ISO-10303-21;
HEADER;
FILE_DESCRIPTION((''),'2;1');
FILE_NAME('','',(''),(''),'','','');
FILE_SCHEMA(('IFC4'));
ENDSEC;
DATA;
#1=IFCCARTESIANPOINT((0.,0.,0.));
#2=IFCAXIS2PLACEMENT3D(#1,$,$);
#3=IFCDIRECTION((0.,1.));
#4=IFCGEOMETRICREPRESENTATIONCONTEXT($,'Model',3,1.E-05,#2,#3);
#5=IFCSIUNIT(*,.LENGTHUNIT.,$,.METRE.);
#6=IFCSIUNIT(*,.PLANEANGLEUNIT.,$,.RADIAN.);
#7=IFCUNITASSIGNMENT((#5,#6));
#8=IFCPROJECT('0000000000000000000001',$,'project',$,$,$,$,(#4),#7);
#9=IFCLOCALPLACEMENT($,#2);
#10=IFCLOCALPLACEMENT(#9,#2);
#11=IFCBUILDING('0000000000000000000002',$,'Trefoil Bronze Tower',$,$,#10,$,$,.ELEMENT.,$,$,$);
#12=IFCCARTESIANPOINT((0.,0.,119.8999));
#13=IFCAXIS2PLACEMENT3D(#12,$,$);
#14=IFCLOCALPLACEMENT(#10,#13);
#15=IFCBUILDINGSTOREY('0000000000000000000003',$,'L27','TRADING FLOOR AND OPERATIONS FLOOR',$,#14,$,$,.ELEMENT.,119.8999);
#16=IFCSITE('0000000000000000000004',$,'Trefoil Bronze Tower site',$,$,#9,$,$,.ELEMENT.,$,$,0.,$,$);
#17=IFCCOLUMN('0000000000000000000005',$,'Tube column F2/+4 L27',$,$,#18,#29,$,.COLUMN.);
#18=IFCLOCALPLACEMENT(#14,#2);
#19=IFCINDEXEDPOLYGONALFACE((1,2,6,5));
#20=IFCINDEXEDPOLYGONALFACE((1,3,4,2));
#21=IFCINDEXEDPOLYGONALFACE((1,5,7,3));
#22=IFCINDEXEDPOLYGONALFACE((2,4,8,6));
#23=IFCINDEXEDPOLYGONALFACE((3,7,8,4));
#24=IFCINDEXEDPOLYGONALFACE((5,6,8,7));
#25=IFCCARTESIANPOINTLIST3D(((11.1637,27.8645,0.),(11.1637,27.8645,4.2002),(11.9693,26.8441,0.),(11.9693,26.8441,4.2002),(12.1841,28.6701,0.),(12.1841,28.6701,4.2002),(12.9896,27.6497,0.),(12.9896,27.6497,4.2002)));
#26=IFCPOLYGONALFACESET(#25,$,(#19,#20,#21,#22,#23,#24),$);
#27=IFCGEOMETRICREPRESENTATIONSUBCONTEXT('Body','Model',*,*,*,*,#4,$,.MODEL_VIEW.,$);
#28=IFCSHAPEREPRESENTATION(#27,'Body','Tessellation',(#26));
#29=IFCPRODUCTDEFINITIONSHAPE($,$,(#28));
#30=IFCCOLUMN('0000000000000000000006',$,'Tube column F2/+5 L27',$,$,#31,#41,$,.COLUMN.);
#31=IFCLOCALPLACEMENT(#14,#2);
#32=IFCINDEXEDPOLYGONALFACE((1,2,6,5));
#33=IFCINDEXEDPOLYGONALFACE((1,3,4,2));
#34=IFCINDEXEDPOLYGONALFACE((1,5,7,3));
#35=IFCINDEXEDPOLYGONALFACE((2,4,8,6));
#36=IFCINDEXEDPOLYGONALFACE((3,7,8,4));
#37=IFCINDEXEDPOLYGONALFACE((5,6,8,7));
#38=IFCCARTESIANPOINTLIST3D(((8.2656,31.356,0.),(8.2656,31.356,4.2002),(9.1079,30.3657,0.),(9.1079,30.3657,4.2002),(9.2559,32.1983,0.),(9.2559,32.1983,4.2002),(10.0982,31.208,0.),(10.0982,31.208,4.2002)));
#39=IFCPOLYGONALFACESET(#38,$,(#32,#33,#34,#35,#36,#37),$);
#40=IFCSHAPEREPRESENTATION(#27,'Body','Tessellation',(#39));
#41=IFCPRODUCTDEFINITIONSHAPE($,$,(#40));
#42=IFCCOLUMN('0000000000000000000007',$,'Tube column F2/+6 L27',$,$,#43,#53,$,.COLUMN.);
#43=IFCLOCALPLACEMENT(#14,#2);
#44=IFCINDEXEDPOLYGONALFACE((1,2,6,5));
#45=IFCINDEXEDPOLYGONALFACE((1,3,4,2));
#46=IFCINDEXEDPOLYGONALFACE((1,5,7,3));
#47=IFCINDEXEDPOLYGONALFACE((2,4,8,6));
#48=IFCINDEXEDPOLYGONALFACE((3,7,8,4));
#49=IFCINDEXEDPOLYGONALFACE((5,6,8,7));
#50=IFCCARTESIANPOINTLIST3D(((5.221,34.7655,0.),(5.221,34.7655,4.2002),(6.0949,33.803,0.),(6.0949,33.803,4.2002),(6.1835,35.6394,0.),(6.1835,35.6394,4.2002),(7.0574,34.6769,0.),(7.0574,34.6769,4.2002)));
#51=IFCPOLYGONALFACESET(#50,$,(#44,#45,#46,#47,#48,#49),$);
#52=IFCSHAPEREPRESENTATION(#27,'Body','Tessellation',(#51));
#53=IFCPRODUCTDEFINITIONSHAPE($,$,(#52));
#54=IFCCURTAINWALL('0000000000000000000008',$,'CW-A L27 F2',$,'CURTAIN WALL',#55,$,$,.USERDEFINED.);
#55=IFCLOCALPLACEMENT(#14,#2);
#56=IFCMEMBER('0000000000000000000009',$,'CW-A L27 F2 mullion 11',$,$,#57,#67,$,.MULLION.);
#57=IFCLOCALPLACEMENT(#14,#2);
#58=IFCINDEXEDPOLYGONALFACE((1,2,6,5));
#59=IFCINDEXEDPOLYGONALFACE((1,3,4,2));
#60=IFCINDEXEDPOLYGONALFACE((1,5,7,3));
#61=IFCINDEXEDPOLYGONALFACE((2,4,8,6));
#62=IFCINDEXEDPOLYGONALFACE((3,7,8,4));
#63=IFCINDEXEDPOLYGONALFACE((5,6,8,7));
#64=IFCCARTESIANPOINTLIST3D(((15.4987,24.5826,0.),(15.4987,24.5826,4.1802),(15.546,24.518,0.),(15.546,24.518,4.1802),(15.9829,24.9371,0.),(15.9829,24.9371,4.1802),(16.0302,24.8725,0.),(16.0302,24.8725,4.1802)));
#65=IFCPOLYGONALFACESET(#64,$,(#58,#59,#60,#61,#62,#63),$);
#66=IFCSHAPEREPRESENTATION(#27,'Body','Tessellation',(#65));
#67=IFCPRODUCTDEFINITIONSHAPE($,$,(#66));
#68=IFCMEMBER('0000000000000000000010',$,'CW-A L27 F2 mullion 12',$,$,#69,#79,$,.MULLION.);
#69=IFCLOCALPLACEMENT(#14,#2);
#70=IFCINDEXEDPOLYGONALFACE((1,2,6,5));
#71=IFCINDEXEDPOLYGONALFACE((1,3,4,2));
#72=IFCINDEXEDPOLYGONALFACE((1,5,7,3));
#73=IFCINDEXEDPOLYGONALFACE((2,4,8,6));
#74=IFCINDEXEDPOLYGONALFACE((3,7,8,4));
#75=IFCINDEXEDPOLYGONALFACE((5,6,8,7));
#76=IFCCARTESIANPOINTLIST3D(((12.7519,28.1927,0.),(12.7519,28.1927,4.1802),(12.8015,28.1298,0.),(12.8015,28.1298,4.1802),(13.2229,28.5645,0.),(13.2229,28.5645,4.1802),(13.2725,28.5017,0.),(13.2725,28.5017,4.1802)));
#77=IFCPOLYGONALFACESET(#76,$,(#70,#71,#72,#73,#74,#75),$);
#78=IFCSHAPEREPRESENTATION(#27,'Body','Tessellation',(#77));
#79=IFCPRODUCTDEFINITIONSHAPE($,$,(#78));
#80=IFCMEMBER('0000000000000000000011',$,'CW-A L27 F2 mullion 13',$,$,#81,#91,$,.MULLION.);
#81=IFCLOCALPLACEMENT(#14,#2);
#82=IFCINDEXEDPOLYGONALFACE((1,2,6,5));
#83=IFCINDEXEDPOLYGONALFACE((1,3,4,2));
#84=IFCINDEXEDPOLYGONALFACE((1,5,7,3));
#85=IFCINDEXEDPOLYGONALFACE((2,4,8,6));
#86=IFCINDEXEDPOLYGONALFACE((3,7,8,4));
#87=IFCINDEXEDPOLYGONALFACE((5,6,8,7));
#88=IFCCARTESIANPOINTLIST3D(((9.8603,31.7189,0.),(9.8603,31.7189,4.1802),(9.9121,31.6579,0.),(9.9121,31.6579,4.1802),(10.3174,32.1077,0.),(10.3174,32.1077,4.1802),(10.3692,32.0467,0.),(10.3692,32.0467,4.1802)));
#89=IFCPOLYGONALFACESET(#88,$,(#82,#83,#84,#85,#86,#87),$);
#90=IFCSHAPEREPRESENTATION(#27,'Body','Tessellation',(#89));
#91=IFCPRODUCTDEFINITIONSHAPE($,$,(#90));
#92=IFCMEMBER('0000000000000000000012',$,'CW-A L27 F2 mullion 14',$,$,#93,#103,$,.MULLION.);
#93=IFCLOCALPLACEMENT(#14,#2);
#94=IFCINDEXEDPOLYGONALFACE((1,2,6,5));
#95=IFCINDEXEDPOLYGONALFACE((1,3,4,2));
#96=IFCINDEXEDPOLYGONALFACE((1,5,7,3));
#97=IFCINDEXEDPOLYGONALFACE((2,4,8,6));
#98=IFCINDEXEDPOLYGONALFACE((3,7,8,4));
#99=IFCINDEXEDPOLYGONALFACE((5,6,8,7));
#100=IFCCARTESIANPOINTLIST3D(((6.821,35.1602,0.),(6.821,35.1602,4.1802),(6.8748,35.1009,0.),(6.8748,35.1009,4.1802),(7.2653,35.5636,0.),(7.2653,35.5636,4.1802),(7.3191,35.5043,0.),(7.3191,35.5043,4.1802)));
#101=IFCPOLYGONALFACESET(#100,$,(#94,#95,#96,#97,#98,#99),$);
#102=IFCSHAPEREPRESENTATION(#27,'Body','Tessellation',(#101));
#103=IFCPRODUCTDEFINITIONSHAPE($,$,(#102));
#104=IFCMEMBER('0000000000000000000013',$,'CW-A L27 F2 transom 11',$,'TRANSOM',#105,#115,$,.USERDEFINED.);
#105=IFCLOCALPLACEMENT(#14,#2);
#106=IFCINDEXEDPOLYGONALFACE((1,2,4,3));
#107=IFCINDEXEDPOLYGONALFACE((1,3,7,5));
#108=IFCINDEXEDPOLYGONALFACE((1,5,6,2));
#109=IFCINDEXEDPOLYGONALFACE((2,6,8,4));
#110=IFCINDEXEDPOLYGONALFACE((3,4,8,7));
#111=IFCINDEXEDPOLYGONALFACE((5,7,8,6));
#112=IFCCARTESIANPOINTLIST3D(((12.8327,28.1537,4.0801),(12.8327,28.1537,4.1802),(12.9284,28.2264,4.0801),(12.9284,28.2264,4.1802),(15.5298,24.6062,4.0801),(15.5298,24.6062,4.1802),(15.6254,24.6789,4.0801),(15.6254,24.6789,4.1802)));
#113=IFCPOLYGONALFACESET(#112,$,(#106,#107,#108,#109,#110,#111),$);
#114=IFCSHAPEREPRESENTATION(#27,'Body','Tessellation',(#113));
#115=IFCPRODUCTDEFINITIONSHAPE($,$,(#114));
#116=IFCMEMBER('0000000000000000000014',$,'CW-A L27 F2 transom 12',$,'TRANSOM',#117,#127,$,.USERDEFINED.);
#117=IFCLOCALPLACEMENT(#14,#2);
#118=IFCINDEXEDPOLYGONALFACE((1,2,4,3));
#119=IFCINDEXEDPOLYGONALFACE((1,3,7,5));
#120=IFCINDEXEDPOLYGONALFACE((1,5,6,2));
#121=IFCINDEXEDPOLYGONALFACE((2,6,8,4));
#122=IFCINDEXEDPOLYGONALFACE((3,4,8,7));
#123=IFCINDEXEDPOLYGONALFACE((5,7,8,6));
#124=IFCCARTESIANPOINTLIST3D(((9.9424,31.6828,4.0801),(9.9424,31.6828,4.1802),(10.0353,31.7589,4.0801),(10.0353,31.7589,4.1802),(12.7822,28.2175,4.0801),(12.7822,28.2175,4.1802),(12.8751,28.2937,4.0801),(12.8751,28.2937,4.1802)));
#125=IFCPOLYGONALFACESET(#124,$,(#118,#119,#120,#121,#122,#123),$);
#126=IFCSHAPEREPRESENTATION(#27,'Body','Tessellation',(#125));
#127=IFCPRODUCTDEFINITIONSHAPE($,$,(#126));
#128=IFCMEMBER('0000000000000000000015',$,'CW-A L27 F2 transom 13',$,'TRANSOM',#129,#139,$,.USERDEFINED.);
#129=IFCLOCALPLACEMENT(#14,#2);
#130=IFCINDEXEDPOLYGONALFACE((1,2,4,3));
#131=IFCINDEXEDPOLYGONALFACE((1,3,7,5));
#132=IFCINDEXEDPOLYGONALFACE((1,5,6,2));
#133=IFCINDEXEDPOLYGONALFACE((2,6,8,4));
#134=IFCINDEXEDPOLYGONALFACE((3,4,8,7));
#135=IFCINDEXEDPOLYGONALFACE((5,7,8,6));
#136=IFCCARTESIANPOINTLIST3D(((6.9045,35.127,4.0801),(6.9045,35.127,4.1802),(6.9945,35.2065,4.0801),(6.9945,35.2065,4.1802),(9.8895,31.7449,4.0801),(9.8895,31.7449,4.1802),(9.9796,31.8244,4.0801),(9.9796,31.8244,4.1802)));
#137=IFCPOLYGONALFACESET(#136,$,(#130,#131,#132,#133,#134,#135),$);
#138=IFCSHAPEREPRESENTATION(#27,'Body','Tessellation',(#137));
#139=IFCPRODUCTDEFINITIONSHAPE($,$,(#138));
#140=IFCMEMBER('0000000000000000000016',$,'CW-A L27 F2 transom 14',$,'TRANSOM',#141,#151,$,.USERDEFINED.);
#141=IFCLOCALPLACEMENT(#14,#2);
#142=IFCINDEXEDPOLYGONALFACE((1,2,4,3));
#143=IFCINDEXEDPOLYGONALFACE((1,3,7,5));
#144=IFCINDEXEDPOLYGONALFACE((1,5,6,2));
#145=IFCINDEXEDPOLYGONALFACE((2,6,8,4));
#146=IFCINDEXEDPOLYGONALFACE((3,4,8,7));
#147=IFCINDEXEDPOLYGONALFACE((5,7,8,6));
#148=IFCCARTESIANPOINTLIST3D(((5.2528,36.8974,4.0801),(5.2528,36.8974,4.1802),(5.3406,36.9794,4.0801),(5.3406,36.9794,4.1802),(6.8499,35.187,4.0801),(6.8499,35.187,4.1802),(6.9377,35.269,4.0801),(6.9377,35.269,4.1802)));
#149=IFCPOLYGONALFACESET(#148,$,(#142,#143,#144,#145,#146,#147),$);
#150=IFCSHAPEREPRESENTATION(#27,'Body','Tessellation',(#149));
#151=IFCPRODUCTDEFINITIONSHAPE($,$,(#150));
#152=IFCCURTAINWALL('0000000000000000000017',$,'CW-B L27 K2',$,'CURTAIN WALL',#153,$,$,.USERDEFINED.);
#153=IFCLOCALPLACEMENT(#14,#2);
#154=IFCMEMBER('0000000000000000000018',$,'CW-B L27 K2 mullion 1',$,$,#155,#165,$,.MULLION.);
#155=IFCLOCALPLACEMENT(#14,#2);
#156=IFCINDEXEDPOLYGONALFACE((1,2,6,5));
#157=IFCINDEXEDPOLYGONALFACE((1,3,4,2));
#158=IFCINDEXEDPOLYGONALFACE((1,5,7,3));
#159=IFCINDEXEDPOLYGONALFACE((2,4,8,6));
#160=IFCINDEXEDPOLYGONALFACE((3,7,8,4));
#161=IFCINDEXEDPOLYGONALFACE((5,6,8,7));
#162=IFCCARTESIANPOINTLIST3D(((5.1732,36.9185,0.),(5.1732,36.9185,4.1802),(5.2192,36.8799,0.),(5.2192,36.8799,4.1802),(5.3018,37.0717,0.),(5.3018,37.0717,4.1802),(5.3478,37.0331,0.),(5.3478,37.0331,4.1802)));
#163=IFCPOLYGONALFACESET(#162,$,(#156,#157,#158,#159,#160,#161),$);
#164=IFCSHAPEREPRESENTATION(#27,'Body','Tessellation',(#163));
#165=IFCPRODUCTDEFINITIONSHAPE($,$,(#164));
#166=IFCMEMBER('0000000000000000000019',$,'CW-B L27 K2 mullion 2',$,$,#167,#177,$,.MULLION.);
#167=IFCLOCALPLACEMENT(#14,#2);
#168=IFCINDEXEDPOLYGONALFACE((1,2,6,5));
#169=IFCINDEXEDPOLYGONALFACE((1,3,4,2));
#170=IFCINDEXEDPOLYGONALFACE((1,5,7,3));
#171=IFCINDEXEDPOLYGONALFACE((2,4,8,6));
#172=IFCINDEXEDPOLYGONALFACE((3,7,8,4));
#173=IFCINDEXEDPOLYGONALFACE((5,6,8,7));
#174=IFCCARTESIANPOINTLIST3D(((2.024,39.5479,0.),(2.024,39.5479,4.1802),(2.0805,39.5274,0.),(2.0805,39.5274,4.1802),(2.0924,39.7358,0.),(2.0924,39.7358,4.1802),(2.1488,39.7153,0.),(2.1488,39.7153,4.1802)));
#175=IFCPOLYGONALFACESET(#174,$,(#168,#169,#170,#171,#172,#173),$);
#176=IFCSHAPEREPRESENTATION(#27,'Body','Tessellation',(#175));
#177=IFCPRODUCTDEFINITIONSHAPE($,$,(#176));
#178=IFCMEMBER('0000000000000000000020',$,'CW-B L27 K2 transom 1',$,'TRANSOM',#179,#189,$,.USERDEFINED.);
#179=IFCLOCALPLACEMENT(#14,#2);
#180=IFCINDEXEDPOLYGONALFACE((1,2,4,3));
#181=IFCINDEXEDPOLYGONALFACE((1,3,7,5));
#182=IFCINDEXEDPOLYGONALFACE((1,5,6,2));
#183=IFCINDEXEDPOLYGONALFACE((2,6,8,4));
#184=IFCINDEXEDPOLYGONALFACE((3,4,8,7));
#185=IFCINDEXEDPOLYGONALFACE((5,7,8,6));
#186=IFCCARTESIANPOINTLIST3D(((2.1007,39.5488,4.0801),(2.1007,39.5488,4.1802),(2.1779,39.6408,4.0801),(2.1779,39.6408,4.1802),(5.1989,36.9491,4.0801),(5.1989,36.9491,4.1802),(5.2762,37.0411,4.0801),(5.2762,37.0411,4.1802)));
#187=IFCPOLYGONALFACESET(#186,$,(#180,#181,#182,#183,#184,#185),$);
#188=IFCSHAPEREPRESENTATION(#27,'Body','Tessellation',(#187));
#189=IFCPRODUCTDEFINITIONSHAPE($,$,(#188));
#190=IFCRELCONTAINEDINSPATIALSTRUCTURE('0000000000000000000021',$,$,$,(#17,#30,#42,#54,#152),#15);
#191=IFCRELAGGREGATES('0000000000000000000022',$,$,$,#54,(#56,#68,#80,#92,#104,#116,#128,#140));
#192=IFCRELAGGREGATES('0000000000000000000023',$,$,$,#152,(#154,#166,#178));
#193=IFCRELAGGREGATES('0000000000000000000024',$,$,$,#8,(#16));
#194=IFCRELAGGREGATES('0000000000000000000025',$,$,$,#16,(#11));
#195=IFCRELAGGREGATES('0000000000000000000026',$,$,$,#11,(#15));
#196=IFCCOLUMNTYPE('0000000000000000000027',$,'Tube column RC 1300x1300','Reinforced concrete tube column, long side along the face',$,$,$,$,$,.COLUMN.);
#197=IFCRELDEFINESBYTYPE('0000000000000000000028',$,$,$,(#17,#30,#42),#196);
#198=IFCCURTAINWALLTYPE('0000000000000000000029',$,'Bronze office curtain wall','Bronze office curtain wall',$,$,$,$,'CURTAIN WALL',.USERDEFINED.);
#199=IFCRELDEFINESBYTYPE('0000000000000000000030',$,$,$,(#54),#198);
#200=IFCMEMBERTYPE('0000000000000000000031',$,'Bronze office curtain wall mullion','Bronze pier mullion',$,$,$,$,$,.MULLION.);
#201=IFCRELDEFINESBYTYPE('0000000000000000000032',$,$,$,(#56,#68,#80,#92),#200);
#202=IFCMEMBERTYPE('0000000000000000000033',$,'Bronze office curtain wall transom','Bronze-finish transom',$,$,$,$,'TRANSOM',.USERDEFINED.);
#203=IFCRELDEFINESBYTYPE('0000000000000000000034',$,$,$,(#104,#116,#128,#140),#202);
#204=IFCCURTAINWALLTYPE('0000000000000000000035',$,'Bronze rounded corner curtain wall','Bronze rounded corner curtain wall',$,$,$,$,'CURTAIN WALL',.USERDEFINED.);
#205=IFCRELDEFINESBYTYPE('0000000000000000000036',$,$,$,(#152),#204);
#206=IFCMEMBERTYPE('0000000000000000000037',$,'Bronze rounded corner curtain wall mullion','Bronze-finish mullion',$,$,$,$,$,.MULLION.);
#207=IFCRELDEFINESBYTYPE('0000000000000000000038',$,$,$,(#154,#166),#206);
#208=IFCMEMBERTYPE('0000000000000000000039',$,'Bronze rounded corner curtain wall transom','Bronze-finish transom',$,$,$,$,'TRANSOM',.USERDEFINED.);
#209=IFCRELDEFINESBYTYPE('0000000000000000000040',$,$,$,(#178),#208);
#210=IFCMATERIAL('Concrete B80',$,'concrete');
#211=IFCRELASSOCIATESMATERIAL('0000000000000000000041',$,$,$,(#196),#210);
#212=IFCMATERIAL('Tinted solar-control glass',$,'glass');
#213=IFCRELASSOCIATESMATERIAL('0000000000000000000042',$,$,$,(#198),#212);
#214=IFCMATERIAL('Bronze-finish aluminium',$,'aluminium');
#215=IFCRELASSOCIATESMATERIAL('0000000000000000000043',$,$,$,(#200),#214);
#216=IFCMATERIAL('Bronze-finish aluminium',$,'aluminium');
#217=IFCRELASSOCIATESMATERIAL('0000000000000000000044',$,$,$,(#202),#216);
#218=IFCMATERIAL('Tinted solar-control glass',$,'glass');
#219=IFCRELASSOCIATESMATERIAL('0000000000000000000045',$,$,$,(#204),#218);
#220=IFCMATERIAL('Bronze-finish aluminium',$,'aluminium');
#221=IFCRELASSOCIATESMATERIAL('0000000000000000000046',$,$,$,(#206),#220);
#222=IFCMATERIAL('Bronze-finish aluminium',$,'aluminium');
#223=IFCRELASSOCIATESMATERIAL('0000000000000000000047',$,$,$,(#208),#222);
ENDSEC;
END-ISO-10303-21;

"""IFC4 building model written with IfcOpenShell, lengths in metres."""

from ifc_helpers import new_model, si_unit, direction, frame, origin, origin_2d, place, context, subcontext, project, spatial, rectangle, extrude, material, material_profile, profile_set, type_object, element, aggregate, save


model = new_model("IFC4")

# Units and contexts
model_context = context("Model", 3, precision=1e-05, world=origin(), true_north=direction((0.0, 1.0)))
body_context = subcontext(model_context, "Body", "Model", "MODEL_VIEW")
ifc_project = project(units=[si_unit("LENGTHUNIT", "METRE"), si_unit("PLANEANGLEUNIT", "RADIAN")], contexts=[model_context])

# Site, building, storey
site_placement = place(None, origin())
site = spatial("IfcSite", under=ifc_project, at=site_placement, Name="Trefoil Bronze Tower site", CompositionType="ELEMENT", RefElevation=0.0)
building_placement = place(site_placement, origin())
building = spatial("IfcBuilding", under=site, at=building_placement, Name="Trefoil Bronze Tower", CompositionType="ELEMENT")
storey_placement = place(building_placement, frame((0.0, 0.0, 119.8999)))
storey = spatial("IfcBuildingStorey", under=building, at=storey_placement, Name="L27", Description="TRADING FLOOR AND OPERATIONS FLOOR", CompositionType="ELEMENT", Elevation=119.8999)

# Columns
ifc_material_1 = material(Name="Concrete B80", Category="concrete")
ifc_material_profile_1 = material_profile(ifc_material_1, rectangle(XDim=1.3, YDim=1.3, at=origin_2d()), Name="RC 1300x1300")
ifc_profile_set_1 = profile_set([ifc_material_profile_1], Name="Concrete B80")
column_type = type_object("IfcColumnType", Name="Tube column RC 1300x1300", Description="Reinforced concrete tube column, long side along the face", PredefinedType="COLUMN", material=ifc_profile_set_1)
for number, where, z_axis, x_axis, name in (
    (1, (12.0767, 27.7571, 0.0), (0.0, 0.0, 1.0), (-0.619649, 0.784879, 0.0), "Tube column F2/+4 L27"),
    (2, (9.1819, 31.282, 0.0), (0.0, 0.0, 1.0), (-0.647904, 0.761722, 0.0), "Tube column F2/+5 L27"),
    (3, (6.1392, 34.7212, 0.0), (0.0, 0.0, 1.0), (-0.67221, 0.740361, 0.0), "Tube column F2/+6 L27"),
):
    element("IfcColumn", number, at=place(storey_placement, frame(where, z_axis=z_axis, x_axis=x_axis)), inside=storey, type_object=column_type, Name=name, PredefinedType="COLUMN", context=body_context, shape_type="SweptSolid", body=[
        extrude(rectangle(XDim=1.3, YDim=1.3, at=origin_2d()), origin(), (0.0, 0.0, 1.0), 4.2002),
    ])

# Curtain walls, members
ifc_material_2 = material(Name="Tinted solar-control glass", Category="glass")
curtain_wall_type_1 = type_object("IfcCurtainWallType", Name="Bronze office curtain wall", Description="Bronze office curtain wall", ElementType="CURTAIN WALL", PredefinedType="USERDEFINED", material=ifc_material_2)
curtain_wall_1_placement = place(storey_placement, origin())
curtain_wall_1 = element("IfcCurtainWall", 4, at=curtain_wall_1_placement, inside=storey, type_object=curtain_wall_type_1, Name="CW-A L27 F2", ObjectType="CURTAIN WALL", PredefinedType="USERDEFINED")
ifc_material_3 = material(Name="Bronze-finish aluminium", Category="aluminium")
ifc_material_profile_2 = material_profile(ifc_material_3, rectangle(XDim=0.6001, YDim=0.0801, at=origin_2d()), Name="CW-A mullion")
ifc_profile_set_2 = profile_set([ifc_material_profile_2], Name="Bronze-finish aluminium")
member_type_1 = type_object("IfcMemberType", Name="Bronze office curtain wall mullion", Description="Bronze pier mullion", PredefinedType="MULLION", material=ifc_profile_set_2)
member_1_placement = place(storey_placement, frame((15.7644, 24.7275, 0.0), z_axis=(0.0, 0.0, 1.0), x_axis=(-0.806875, -0.590723, 0.0)))
member_1 = element("IfcMember", 5, at=member_1_placement, type_object=member_type_1, Name="CW-A L27 F2 mullion 11", PredefinedType="MULLION", context=body_context, shape_type="SweptSolid", body=[
    extrude(rectangle(XDim=0.6001, YDim=0.0801, at=origin_2d()), origin(), (0.0, 0.0, 1.0), 4.1802),
])
member_2_placement = place(storey_placement, frame((13.0122, 28.3472, 0.0), z_axis=(0.0, 0.0, 1.0), x_axis=(-0.784879, -0.619649, 0.0)))
member_2 = element("IfcMember", 6, at=member_2_placement, type_object=member_type_1, Name="CW-A L27 F2 mullion 12", PredefinedType="MULLION", context=body_context, shape_type="SweptSolid", body=[
    extrude(rectangle(XDim=0.6001, YDim=0.0801, at=origin_2d()), origin(), (0.0, 0.0, 1.0), 4.1802),
])
member_3_placement = place(storey_placement, frame((10.1147, 31.8828, 0.0), z_axis=(0.0, 0.0, 1.0), x_axis=(-0.761722, -0.647904, 0.0)))
member_3 = element("IfcMember", 7, at=member_3_placement, type_object=member_type_1, Name="CW-A L27 F2 mullion 13", PredefinedType="MULLION", context=body_context, shape_type="SweptSolid", body=[
    extrude(rectangle(XDim=0.6001, YDim=0.0801, at=origin_2d()), origin(), (0.0, 0.0, 1.0), 4.1802),
])
member_4_placement = place(storey_placement, frame((7.0701, 35.3323, 0.0), z_axis=(0.0, 0.0, 1.0), x_axis=(-0.740361, -0.67221, 0.0)))
member_4 = element("IfcMember", 8, at=member_4_placement, type_object=member_type_1, Name="CW-A L27 F2 mullion 14", PredefinedType="MULLION", context=body_context, shape_type="SweptSolid", body=[
    extrude(rectangle(XDim=0.6001, YDim=0.0801, at=origin_2d()), origin(), (0.0, 0.0, 1.0), 4.1802),
])
ifc_material_4 = material(Name="Bronze-finish aluminium", Category="aluminium")
ifc_material_profile_3 = material_profile(ifc_material_4, rectangle(XDim=0.1201, YDim=0.1001, at=origin_2d()), Name="CW-A transom")
ifc_profile_set_3 = profile_set([ifc_material_profile_3], Name="Bronze-finish aluminium")
member_type_2 = type_object("IfcMemberType", Name="Bronze office curtain wall transom", Description="Bronze-finish transom", ElementType="TRANSOM", PredefinedType="USERDEFINED", material=ifc_profile_set_3)
member_5_placement = place(storey_placement, frame((15.5776, 24.6426, 4.1301), z_axis=(-0.605229, 0.796051, 0.0), x_axis=(-0.796051, -0.605229, 0.0)))
member_5 = element("IfcMember", 9, at=member_5_placement, type_object=member_type_2, Name="CW-A L27 F2 transom 11", ObjectType="TRANSOM", PredefinedType="USERDEFINED", context=body_context, shape_type="SweptSolid", body=[
    extrude(rectangle(XDim=0.1201, YDim=0.1001, at=origin_2d()), origin(), (0.0, 0.0, 1.0), 4.4563),
])
member_6_placement = place(storey_placement, frame((12.8286, 28.2556, 4.1301), z_axis=(-0.633849, 0.773457, 0.0), x_axis=(-0.773457, -0.633849, 0.0)))
member_6 = element("IfcMember", 10, at=member_6_placement, type_object=member_type_2, Name="CW-A L27 F2 transom 12", ObjectType="TRANSOM", PredefinedType="USERDEFINED", context=body_context, shape_type="SweptSolid", body=[
    extrude(rectangle(XDim=0.1201, YDim=0.1001, at=origin_2d()), origin(), (0.0, 0.0, 1.0), 4.4802),
])
member_7_placement = place(storey_placement, frame((9.9346, 31.7847, 4.1301), z_axis=(-0.661736, 0.749737, 0.0), x_axis=(-0.749737, -0.661736, 0.0)))
member_7 = element("IfcMember", 11, at=member_7_placement, type_object=member_type_2, Name="CW-A L27 F2 transom 13", ObjectType="TRANSOM", PredefinedType="USERDEFINED", context=body_context, shape_type="SweptSolid", body=[
    extrude(rectangle(XDim=0.1201, YDim=0.1001, at=origin_2d()), origin(), (0.0, 0.0, 1.0), 4.511),
])
member_8_placement = place(storey_placement, frame((6.8938, 35.228, 4.1301), z_axis=(-0.682489, 0.730896, 0.0), x_axis=(-0.730896, -0.682489, 0.0)))
member_8 = element("IfcMember", 12, at=member_8_placement, type_object=member_type_2, Name="CW-A L27 F2 transom 14", ObjectType="TRANSOM", PredefinedType="USERDEFINED", context=body_context, shape_type="SweptSolid", body=[
    extrude(rectangle(XDim=0.1201, YDim=0.1001, at=origin_2d()), origin(), (0.0, 0.0, 1.0), 2.3401),
])
ifc_material_5 = material(Name="Tinted solar-control glass", Category="glass")
curtain_wall_type_2 = type_object("IfcCurtainWallType", Name="Bronze rounded corner curtain wall", Description="Bronze rounded corner curtain wall", ElementType="CURTAIN WALL", PredefinedType="USERDEFINED", material=ifc_material_5)
curtain_wall_2_placement = place(storey_placement, origin())
curtain_wall_2 = element("IfcCurtainWall", 13, at=curtain_wall_2_placement, inside=storey, type_object=curtain_wall_type_2, Name="CW-B L27 K2", ObjectType="CURTAIN WALL", PredefinedType="USERDEFINED")
ifc_material_6 = material(Name="Bronze-finish aluminium", Category="aluminium")
ifc_material_profile_4 = material_profile(ifc_material_6, rectangle(XDim=0.2, YDim=0.0601, at=origin_2d()), Name="CW-B mullion")
ifc_profile_set_4 = profile_set([ifc_material_profile_4], Name="Bronze-finish aluminium")
member_type_3 = type_object("IfcMemberType", Name="Bronze rounded corner curtain wall mullion", Description="Bronze-finish mullion", PredefinedType="MULLION", material=ifc_profile_set_4)
member_9_placement = place(storey_placement, frame((5.2605, 36.9758, 0.0), z_axis=(0.0, 0.0, 1.0), x_axis=(-0.642788, -0.766044, 0.0)))
member_9 = element("IfcMember", 14, at=member_9_placement, type_object=member_type_3, Name="CW-B L27 K2 mullion 1", PredefinedType="MULLION", context=body_context, shape_type="SweptSolid", body=[
    extrude(rectangle(XDim=0.2, YDim=0.0601, at=origin_2d()), origin(), (0.0, 0.0, 1.0), 4.1802),
])
member_10_placement = place(storey_placement, frame((2.0864, 39.6316, 0.0), z_axis=(0.0, 0.0, 1.0), x_axis=(-0.34202, -0.939693, 0.0)))
member_10 = element("IfcMember", 15, at=member_10_placement, type_object=member_type_3, Name="CW-B L27 K2 mullion 2", PredefinedType="MULLION", context=body_context, shape_type="SweptSolid", body=[
    extrude(rectangle(XDim=0.2, YDim=0.0601, at=origin_2d()), origin(), (0.0, 0.0, 1.0), 4.1802),
])
ifc_material_7 = material(Name="Bronze-finish aluminium", Category="aluminium")
ifc_material_profile_5 = material_profile(ifc_material_7, rectangle(XDim=0.1201, YDim=0.1001, at=origin_2d()), Name="CW-B transom")
ifc_profile_set_5 = profile_set([ifc_material_profile_5], Name="Bronze-finish aluminium")
member_type_4 = type_object("IfcMemberType", Name="Bronze rounded corner curtain wall transom", Description="Bronze-finish transom", ElementType="TRANSOM", PredefinedType="USERDEFINED", material=ifc_profile_set_5)
member_11_placement = place(storey_placement, frame((5.2375, 36.9951, 4.1301), z_axis=(-0.76605, 0.642781, 0.0), x_axis=(-0.642781, -0.76605, 0.0)))
member_11 = element("IfcMember", 16, at=member_11_placement, type_object=member_type_4, Name="CW-B L27 K2 transom 1", ObjectType="TRANSOM", PredefinedType="USERDEFINED", context=body_context, shape_type="SweptSolid", body=[
    extrude(rectangle(XDim=0.1201, YDim=0.1001, at=origin_2d()), origin(), (0.0, 0.0, 1.0), 4.0444),
])

aggregate(curtain_wall_1, [member_1, member_2, member_3, member_4, member_5, member_6, member_7, member_8])
aggregate(curtain_wall_2, [member_9, member_10, member_11])

save(model, "model.ifc")
